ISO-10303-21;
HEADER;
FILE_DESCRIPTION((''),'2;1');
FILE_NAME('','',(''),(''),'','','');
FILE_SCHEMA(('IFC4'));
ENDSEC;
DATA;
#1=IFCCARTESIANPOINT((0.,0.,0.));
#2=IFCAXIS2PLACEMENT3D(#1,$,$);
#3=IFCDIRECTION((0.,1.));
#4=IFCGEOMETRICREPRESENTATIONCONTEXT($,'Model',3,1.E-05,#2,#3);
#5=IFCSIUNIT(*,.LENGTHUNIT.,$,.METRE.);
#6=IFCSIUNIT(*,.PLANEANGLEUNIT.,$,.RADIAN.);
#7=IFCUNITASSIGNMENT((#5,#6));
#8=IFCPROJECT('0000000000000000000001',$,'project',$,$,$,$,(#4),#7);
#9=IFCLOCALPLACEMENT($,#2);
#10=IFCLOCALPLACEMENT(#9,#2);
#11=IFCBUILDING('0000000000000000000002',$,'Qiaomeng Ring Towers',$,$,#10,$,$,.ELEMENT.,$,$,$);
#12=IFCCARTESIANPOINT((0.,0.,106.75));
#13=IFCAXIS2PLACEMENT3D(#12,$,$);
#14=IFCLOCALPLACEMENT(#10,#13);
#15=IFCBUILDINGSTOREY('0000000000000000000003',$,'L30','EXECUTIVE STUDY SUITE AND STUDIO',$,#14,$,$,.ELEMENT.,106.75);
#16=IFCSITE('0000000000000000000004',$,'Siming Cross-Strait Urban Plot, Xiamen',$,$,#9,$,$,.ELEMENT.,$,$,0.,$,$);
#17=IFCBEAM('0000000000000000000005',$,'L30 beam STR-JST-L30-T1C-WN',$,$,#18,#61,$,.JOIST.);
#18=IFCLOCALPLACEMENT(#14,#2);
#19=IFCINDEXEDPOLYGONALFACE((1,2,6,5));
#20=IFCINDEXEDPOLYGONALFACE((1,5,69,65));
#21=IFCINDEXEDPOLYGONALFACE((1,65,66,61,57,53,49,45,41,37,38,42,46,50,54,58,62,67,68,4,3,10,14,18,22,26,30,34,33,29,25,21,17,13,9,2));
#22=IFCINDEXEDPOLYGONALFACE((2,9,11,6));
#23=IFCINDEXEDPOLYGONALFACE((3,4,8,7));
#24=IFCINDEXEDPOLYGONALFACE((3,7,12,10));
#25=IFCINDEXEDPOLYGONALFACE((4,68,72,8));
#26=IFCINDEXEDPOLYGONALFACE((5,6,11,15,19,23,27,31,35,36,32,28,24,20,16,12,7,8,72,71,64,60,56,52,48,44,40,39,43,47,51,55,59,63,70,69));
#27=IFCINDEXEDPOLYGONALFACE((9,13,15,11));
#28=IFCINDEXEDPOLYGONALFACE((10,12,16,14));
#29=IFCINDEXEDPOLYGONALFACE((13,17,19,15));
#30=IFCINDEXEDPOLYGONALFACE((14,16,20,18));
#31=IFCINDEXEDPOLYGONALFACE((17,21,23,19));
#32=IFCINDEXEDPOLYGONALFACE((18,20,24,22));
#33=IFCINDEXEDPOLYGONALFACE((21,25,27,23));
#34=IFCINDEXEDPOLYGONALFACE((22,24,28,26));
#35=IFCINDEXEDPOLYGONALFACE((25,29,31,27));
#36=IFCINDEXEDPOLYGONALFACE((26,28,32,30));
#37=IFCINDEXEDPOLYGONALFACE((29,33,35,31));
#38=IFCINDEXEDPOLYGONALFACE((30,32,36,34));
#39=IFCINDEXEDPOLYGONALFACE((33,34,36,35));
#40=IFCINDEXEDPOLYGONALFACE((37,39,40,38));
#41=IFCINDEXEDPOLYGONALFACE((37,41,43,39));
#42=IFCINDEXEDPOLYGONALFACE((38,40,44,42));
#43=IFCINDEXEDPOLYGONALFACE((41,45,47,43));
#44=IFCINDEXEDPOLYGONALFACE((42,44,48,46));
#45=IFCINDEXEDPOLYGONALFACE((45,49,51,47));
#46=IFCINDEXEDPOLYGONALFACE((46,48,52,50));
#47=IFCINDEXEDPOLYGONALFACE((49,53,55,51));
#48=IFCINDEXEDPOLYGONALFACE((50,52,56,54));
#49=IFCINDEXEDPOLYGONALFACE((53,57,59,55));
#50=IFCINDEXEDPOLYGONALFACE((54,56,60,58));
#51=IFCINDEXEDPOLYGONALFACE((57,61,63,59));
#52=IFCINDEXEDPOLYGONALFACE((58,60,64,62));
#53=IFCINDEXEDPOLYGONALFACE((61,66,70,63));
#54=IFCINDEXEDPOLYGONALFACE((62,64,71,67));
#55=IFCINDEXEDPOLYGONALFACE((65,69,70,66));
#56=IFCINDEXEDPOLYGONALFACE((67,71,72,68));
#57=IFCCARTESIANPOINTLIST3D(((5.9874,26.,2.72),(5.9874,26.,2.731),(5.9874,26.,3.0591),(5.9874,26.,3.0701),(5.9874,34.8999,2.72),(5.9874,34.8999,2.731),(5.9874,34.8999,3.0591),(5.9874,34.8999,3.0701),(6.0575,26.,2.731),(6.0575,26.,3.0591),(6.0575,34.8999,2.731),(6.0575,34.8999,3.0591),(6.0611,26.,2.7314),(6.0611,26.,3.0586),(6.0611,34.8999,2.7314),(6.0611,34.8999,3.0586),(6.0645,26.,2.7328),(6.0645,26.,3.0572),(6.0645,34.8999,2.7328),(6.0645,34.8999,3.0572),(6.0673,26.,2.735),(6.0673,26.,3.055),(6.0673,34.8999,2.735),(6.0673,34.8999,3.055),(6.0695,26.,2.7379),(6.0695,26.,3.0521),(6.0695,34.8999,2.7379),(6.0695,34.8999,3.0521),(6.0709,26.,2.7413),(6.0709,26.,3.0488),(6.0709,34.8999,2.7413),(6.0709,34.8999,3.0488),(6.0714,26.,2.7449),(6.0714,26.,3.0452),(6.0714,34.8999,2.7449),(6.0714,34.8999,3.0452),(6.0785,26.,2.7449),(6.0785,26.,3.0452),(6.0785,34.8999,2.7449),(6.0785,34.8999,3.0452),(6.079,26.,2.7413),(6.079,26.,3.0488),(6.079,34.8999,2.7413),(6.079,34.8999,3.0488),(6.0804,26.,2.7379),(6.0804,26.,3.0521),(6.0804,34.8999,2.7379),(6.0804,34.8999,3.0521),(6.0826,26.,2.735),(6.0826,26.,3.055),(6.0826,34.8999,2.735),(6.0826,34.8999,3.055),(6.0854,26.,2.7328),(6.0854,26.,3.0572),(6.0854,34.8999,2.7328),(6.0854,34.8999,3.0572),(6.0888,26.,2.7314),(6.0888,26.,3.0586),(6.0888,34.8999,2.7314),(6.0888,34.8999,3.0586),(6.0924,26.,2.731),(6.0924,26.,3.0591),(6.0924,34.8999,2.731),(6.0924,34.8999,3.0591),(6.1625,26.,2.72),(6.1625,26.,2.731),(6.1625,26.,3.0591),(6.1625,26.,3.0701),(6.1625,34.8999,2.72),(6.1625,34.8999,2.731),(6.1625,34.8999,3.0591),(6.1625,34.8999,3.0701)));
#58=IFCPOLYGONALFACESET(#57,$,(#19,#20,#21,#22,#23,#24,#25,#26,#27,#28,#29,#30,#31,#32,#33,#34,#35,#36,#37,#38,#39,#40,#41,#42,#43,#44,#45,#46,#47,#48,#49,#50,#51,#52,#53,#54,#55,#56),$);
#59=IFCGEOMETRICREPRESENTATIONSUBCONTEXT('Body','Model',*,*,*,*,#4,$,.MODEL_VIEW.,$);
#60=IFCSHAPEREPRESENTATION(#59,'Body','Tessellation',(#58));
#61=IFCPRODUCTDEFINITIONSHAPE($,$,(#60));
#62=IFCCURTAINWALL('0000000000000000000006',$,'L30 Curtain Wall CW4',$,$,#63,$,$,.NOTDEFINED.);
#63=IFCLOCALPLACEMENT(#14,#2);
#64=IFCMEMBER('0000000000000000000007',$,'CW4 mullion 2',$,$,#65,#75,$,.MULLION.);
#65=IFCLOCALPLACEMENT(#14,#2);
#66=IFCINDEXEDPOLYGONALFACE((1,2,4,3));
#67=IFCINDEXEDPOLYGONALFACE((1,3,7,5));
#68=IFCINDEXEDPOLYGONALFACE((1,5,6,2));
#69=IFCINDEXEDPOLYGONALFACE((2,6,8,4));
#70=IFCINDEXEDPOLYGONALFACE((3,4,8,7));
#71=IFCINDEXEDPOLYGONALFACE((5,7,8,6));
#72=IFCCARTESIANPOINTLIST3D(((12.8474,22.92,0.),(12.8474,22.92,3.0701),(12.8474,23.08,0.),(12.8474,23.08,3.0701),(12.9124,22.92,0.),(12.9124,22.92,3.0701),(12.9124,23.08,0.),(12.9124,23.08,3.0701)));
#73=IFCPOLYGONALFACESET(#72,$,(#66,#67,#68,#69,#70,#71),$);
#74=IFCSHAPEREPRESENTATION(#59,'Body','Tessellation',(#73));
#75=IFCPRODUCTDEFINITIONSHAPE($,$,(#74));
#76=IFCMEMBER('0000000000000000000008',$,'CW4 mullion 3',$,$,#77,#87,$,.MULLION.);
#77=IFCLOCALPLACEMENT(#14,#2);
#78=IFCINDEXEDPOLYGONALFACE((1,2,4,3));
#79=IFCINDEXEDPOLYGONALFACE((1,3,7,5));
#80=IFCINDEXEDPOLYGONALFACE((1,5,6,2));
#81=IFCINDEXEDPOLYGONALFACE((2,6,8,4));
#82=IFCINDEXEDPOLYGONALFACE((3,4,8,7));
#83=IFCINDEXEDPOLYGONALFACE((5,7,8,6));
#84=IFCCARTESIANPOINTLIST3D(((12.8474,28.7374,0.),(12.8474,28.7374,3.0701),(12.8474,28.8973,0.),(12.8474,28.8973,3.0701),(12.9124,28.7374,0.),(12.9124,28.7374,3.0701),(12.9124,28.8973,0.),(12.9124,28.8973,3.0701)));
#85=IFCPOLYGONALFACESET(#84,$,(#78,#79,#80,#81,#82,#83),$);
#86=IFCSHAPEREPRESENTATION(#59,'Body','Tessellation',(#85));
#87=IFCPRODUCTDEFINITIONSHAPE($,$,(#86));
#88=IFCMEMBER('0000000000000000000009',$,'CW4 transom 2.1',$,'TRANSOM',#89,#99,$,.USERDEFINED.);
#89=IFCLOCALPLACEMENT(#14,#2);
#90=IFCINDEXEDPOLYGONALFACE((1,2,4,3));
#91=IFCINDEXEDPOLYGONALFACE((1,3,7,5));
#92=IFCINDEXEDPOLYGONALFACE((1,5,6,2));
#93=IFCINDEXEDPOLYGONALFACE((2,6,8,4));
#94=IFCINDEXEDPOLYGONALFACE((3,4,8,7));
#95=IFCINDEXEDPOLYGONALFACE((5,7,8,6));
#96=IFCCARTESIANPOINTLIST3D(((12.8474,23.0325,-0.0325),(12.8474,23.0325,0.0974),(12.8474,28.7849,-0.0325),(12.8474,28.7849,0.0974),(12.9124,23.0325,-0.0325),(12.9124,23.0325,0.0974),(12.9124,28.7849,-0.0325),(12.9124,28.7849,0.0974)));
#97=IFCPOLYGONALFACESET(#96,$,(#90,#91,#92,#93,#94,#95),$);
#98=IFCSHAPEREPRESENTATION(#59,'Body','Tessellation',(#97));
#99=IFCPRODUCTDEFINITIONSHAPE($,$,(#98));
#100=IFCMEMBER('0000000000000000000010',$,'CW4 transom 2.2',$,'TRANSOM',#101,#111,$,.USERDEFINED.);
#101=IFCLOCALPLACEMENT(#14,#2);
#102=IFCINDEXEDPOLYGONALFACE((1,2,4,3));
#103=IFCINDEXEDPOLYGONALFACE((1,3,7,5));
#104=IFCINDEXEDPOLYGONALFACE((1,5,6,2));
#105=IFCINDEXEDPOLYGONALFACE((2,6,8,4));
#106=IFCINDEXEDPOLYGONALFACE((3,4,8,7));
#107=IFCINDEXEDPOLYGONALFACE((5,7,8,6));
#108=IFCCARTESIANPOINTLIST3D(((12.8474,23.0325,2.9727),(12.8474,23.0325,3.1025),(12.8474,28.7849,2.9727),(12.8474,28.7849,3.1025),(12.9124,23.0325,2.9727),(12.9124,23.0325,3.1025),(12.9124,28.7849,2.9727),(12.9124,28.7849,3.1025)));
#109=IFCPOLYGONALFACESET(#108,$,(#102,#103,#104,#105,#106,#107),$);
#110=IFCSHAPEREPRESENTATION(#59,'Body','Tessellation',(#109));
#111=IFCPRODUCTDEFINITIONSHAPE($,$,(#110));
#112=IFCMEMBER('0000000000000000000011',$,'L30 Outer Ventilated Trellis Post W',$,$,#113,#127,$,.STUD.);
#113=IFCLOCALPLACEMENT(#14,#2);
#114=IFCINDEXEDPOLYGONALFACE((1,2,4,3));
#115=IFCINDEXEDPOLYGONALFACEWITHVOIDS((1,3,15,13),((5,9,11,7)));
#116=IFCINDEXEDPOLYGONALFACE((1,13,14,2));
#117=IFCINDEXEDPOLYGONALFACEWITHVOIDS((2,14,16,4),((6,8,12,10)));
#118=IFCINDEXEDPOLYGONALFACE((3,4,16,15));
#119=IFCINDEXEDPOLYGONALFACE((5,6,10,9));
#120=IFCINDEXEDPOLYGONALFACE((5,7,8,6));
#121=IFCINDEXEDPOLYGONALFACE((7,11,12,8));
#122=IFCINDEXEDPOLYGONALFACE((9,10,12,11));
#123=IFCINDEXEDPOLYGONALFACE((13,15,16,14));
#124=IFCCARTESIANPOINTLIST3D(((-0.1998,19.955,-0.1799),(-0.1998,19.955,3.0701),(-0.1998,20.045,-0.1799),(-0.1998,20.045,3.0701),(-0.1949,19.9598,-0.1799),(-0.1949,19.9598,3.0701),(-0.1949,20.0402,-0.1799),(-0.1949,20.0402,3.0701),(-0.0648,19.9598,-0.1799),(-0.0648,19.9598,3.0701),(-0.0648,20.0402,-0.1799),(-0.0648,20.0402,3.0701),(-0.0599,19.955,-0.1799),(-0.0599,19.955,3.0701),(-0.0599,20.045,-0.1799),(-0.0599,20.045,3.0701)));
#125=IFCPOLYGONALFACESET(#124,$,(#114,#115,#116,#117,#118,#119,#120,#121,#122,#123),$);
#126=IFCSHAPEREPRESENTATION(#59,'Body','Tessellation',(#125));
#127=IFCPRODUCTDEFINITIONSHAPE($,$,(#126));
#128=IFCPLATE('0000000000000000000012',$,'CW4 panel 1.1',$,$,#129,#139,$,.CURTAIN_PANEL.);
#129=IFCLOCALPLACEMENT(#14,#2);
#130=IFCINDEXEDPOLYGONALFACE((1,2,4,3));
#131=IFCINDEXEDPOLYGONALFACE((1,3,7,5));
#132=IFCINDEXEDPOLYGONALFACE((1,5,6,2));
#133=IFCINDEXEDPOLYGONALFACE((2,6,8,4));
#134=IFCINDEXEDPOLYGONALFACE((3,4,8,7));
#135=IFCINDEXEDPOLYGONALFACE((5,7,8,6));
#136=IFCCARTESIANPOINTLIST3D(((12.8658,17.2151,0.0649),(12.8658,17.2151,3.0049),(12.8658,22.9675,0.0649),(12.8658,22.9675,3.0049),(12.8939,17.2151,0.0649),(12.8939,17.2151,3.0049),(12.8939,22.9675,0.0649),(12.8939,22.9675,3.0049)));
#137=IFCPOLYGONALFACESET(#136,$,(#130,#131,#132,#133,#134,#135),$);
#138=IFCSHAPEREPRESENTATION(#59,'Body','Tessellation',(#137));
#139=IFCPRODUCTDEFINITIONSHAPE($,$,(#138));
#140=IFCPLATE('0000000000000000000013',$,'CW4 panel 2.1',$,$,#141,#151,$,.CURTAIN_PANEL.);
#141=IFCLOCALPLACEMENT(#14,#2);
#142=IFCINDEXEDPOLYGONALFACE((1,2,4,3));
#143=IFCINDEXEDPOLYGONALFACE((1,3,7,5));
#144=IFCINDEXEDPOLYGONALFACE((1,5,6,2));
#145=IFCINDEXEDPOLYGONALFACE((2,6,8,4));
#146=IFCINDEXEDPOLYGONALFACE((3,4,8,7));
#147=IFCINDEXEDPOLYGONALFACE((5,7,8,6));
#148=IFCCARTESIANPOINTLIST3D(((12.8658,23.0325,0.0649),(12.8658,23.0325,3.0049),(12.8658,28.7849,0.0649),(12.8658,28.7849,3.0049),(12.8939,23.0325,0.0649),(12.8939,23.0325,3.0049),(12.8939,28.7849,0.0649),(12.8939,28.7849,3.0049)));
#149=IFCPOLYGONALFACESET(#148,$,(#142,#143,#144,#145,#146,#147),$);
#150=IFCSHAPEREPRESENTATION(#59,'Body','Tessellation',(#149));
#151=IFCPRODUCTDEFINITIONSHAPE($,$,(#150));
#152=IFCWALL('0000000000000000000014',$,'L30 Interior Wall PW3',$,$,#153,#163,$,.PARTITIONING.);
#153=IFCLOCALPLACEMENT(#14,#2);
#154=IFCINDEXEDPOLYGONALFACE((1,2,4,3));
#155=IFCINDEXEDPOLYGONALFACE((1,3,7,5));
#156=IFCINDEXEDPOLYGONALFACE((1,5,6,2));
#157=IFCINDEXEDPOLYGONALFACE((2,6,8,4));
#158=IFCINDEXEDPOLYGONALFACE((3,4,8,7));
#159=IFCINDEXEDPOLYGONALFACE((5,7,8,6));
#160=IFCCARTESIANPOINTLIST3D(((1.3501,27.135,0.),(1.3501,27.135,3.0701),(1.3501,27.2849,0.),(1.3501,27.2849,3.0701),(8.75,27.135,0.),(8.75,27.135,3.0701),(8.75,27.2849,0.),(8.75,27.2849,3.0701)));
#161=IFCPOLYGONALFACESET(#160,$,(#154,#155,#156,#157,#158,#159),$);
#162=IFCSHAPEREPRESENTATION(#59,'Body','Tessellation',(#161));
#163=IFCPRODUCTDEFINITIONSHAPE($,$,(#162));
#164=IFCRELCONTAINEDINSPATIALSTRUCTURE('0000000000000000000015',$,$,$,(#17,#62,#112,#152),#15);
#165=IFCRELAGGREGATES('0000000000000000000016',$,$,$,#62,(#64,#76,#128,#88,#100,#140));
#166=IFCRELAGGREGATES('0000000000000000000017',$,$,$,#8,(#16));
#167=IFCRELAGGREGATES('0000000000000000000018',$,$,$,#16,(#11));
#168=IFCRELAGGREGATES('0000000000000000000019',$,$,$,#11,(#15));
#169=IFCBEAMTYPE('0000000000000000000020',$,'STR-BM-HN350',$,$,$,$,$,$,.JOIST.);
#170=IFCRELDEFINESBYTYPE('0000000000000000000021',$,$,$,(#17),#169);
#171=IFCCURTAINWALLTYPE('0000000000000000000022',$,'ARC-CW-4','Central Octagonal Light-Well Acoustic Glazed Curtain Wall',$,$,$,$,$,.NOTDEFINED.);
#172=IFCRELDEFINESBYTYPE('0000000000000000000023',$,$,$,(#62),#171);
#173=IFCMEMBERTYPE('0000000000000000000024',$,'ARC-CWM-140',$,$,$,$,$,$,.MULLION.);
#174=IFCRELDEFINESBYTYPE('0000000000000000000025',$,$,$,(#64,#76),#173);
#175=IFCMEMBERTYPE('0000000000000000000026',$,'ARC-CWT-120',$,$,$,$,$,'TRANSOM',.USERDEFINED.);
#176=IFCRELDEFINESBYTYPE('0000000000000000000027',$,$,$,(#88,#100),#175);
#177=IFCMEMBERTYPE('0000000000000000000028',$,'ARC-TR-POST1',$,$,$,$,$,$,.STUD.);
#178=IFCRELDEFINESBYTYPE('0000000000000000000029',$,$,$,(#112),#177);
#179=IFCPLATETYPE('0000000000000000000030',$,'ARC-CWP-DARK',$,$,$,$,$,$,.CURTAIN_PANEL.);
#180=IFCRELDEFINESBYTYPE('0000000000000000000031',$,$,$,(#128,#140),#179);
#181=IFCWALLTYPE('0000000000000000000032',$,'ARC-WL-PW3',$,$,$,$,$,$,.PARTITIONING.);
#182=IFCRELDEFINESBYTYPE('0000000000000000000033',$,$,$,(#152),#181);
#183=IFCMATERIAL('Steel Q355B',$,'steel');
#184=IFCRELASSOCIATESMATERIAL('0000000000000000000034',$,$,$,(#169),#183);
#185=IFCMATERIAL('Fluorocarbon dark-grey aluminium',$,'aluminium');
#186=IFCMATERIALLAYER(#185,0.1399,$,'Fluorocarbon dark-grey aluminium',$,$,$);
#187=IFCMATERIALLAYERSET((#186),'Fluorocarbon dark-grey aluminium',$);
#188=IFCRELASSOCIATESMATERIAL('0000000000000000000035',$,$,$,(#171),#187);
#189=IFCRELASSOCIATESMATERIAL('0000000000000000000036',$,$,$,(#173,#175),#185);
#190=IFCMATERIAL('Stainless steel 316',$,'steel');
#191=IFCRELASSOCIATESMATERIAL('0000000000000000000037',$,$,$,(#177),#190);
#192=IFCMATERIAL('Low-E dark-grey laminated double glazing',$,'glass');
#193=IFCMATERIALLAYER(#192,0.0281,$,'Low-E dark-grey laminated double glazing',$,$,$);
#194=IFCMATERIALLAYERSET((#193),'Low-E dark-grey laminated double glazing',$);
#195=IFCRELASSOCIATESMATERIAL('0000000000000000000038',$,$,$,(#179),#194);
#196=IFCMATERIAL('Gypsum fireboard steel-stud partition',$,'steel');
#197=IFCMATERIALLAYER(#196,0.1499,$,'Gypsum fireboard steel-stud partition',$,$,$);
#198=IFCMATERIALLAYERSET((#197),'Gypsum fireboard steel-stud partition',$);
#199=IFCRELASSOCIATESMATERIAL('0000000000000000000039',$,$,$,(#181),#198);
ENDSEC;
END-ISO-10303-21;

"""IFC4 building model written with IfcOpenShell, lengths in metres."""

from ifc_helpers import new_model, si_unit, direction, frame, frame_2d, origin, origin_2d, place, context, subcontext, project, spatial, rectangle, hollow_rectangle, i_section, extrude, source, transform, mapped, material, layer, layer_set, material_profile, profile_set, type_object, element, aggregate, save


model = new_model("IFC4")

# Units and contexts
model_context = context("Model", 3, precision=1e-05, world=origin(), true_north=direction((0.0, 1.0)))
body_context = subcontext(model_context, "Body", "Model", "MODEL_VIEW")
ifc_project = project(units=[si_unit("LENGTHUNIT", "METRE"), si_unit("PLANEANGLEUNIT", "RADIAN")], contexts=[model_context])

# Site, building, storey
site_placement = place(None, origin())
site = spatial("IfcSite", under=ifc_project, at=site_placement, Name="Siming Cross-Strait Urban Plot, Xiamen", CompositionType="ELEMENT", RefElevation=0.0)
building_placement = place(site_placement, origin())
building = spatial("IfcBuilding", under=site, at=building_placement, Name="Qiaomeng Ring Towers", CompositionType="ELEMENT")
storey_placement = place(building_placement, frame((0.0, 0.0, 106.75)))
storey = spatial("IfcBuildingStorey", under=building, at=storey_placement, Name="L30", Description="EXECUTIVE STUDY SUITE AND STUDIO", CompositionType="ELEMENT", Elevation=106.75)

# Beam
ifc_material_1 = material(Name="Steel Q355B", Category="steel")
ifc_material_profile_1 = material_profile(ifc_material_1, i_section(OverallWidth=0.175, OverallDepth=0.3501, WebThickness=0.0071, FlangeThickness=0.011, FilletRadius=0.0139, at=origin_2d()), Name="HN 350x175x7x11")
ifc_profile_set_1 = profile_set([ifc_material_profile_1], Name="Steel Q355B")
beam_type_1 = type_object("IfcBeamType", Name="STR-BM-HN350", PredefinedType="JOIST", material=ifc_profile_set_1)
shared_shape_1 = source(origin(), body_context, "Body", "SweptSolid", [
    extrude(i_section(OverallWidth=0.175, OverallDepth=0.3501, WebThickness=0.0071, FlangeThickness=0.011, FilletRadius=0.0139, at=origin_2d()), origin(), (0.0, 0.0, 1.0), 8.8999),
])
beam_1_placement = place(storey_placement, frame((6.075, 26.0, 2.895), z_axis=(0.0, 1.0, 0.0), x_axis=(-1.0, 0.0, 0.0)))
element("IfcBeam", 1, at=beam_1_placement, inside=storey, type_object=beam_type_1, Name="L30 beam STR-JST-L30-T1C-WN", PredefinedType="JOIST", context=body_context, shape_type="MappedRepresentation", body=[
    mapped(shared_shape_1, transform((0.0, 0.0, 0.0), x_axis=(1.0, 0.0, 0.0), y_axis=(0.0, 1.0, 0.0), z_axis=(0.0, 0.0, 1.0), scale=1.0)),
])

# Curtain wall, members
ifc_material_2 = material(Name="Fluorocarbon dark-grey aluminium", Category="aluminium")
ifc_layer_1 = layer(ifc_material_2, 0.1399, Name="Fluorocarbon dark-grey aluminium")
ifc_layer_set_1 = layer_set([ifc_layer_1], Name="Fluorocarbon dark-grey aluminium")
curtain_wall_type = type_object("IfcCurtainWallType", Name="ARC-CW-4", Description="Central Octagonal Light-Well Acoustic Glazed Curtain Wall", PredefinedType="NOTDEFINED", material=ifc_layer_set_1)
curtain_wall_placement = place(storey_placement, origin())
curtain_wall = element("IfcCurtainWall", 2, at=curtain_wall_placement, inside=storey, type_object=curtain_wall_type, Name="L30 Curtain Wall CW4", PredefinedType="NOTDEFINED")
ifc_material_profile_2 = material_profile(ifc_material_2, rectangle(XDim=0.0649, YDim=0.1599, at=origin_2d()), Name="ALU MULL 65x160")
ifc_profile_set_2 = profile_set([ifc_material_profile_2], Name="Fluorocarbon dark-grey aluminium")
member_type_1 = type_object("IfcMemberType", Name="ARC-CWM-140", PredefinedType="MULLION", material=ifc_profile_set_2)
shared_shape_2 = source(origin(), body_context, "Body", "SweptSolid", [
    extrude(rectangle(XDim=0.0649, YDim=0.1599, at=origin_2d()), origin(), (0.0, 0.0, 1.0), 3.0701),
])
member_1_placement = place(storey_placement, frame((12.8799, 23.0, 0.0), z_axis=(0.0, 0.0, 1.0), x_axis=(-1.0, 0.0, 0.0)))
member_1 = element("IfcMember", 3, at=member_1_placement, type_object=member_type_1, Name="CW4 mullion 2", PredefinedType="MULLION", context=body_context, shape_type="MappedRepresentation", body=[
    mapped(shared_shape_2, transform((0.0, 0.0, 0.0), x_axis=(1.0, 0.0, 0.0), y_axis=(0.0, 1.0, 0.0), z_axis=(0.0, 0.0, 1.0), scale=1.0)),
])
member_2_placement = place(storey_placement, frame((12.8799, 28.8174, 0.0), z_axis=(0.0, 0.0, 1.0), x_axis=(-1.0, 0.0, 0.0)))
member_2 = element("IfcMember", 4, at=member_2_placement, type_object=member_type_1, Name="CW4 mullion 3", PredefinedType="MULLION", context=body_context, shape_type="MappedRepresentation", body=[
    mapped(shared_shape_2, transform((0.0, 0.0, 0.0), x_axis=(1.0, 0.0, 0.0), y_axis=(0.0, 1.0, 0.0), z_axis=(0.0, 0.0, 1.0), scale=1.0)),
])
ifc_material_profile_3 = material_profile(ifc_material_2, rectangle(XDim=0.0649, YDim=0.1299, at=origin_2d()), Name="ALU TRAN 65x130")
ifc_profile_set_3 = profile_set([ifc_material_profile_3], Name="Fluorocarbon dark-grey aluminium")
member_type_2 = type_object("IfcMemberType", Name="ARC-CWT-120", ElementType="TRANSOM", PredefinedType="USERDEFINED", material=ifc_profile_set_3)
shared_shape_3 = source(origin(), body_context, "Body", "SweptSolid", [
    extrude(rectangle(XDim=0.0649, YDim=0.1299, at=origin_2d()), origin(), (0.0, 0.0, 1.0), 5.7524),
])
member_3_placement = place(storey_placement, frame((12.8799, 23.0325, 0.0325), z_axis=(0.0, 1.0, 0.0), x_axis=(-1.0, 0.0, 0.0)))
member_3 = element("IfcMember", 5, at=member_3_placement, type_object=member_type_2, Name="CW4 transom 2.1", ObjectType="TRANSOM", PredefinedType="USERDEFINED", context=body_context, shape_type="MappedRepresentation", body=[
    mapped(shared_shape_3, transform((0.0, 0.0, 0.0), x_axis=(1.0, 0.0, 0.0), y_axis=(0.0, 1.0, 0.0), z_axis=(0.0, 0.0, 1.0), scale=1.0)),
])
member_4_placement = place(storey_placement, frame((12.8799, 23.0325, 3.0376), z_axis=(0.0, 1.0, 0.0), x_axis=(-1.0, 0.0, 0.0)))
member_4 = element("IfcMember", 6, at=member_4_placement, type_object=member_type_2, Name="CW4 transom 2.2", ObjectType="TRANSOM", PredefinedType="USERDEFINED", context=body_context, shape_type="MappedRepresentation", body=[
    mapped(shared_shape_3, transform((0.0, 0.0, 0.0), x_axis=(1.0, 0.0, 0.0), y_axis=(0.0, 1.0, 0.0), z_axis=(0.0, 0.0, 1.0), scale=1.0)),
])

# Member
ifc_material_3 = material(Name="Stainless steel 316", Category="steel")
ifc_material_profile_4 = material_profile(ifc_material_3, hollow_rectangle(XDim=0.0901, YDim=0.1399, WallThickness=0.0049, at=origin_2d()), Name="SS TRELLIS 90x140")
ifc_profile_set_4 = profile_set([ifc_material_profile_4], Name="Stainless steel 316")
member_type_3 = type_object("IfcMemberType", Name="ARC-TR-POST1", PredefinedType="STUD", material=ifc_profile_set_4)
shared_shape_4 = source(origin(), body_context, "Body", "SweptSolid", [
    extrude(hollow_rectangle(XDim=0.0901, YDim=0.1399, WallThickness=0.0049, at=origin_2d()), origin(), (0.0, 0.0, 1.0), 3.25),
])
member_5_placement = place(storey_placement, frame((-0.1299, 20.0, -0.1799), z_axis=(0.0, 0.0, 1.0), x_axis=(0.0, 1.0, 0.0)))
element("IfcMember", 7, at=member_5_placement, inside=storey, type_object=member_type_3, Name="L30 Outer Ventilated Trellis Post W", PredefinedType="STUD", context=body_context, shape_type="MappedRepresentation", body=[
    mapped(shared_shape_4, transform((0.0, 0.0, 0.0), x_axis=(1.0, 0.0, 0.0), y_axis=(0.0, 1.0, 0.0), z_axis=(0.0, 0.0, 1.0), scale=1.0)),
])

# Plates
ifc_material_4 = material(Name="Low-E dark-grey laminated double glazing", Category="glass")
ifc_layer_2 = layer(ifc_material_4, 0.0281, Name="Low-E dark-grey laminated double glazing")
ifc_layer_set_2 = layer_set([ifc_layer_2], Name="Low-E dark-grey laminated double glazing")
plate_type = type_object("IfcPlateType", Name="ARC-CWP-DARK", PredefinedType="CURTAIN_PANEL", material=ifc_layer_set_2)
shared_shape_5 = source(origin(), body_context, "Body", "SweptSolid", [
    extrude(rectangle(XDim=5.7524, YDim=0.0281, at=origin_2d()), origin(), (0.0, 0.0, 1.0), 2.9399),
])
plate_1_placement = place(storey_placement, frame((12.8799, 20.0913, 0.0649), z_axis=(0.0, 0.0, 1.0), x_axis=(0.0, 1.0, 0.0)))
plate_1 = element("IfcPlate", 8, at=plate_1_placement, type_object=plate_type, Name="CW4 panel 1.1", PredefinedType="CURTAIN_PANEL", context=body_context, shape_type="MappedRepresentation", body=[
    mapped(shared_shape_5, transform((0.0, 0.0, 0.0), x_axis=(1.0, 0.0, 0.0), y_axis=(0.0, 1.0, 0.0), z_axis=(0.0, 0.0, 1.0), scale=1.0)),
])
plate_2_placement = place(storey_placement, frame((12.8799, 25.9087, 0.0649), z_axis=(0.0, 0.0, 1.0), x_axis=(0.0, 1.0, 0.0)))
plate_2 = element("IfcPlate", 9, at=plate_2_placement, type_object=plate_type, Name="CW4 panel 2.1", PredefinedType="CURTAIN_PANEL", context=body_context, shape_type="MappedRepresentation", body=[
    mapped(shared_shape_5, transform((0.0, 0.0, 0.0), x_axis=(1.0, 0.0, 0.0), y_axis=(0.0, 1.0, 0.0), z_axis=(0.0, 0.0, 1.0), scale=1.0)),
])
aggregate(curtain_wall, [member_1, member_2, plate_1, member_3, member_4, plate_2])

# Wall
ifc_material_5 = material(Name="Gypsum fireboard steel-stud partition", Category="steel")
ifc_layer_3 = layer(ifc_material_5, 0.1499, Name="Gypsum fireboard steel-stud partition")
ifc_layer_set_3 = layer_set([ifc_layer_3], Name="Gypsum fireboard steel-stud partition")
wall_type_1 = type_object("IfcWallType", Name="ARC-WL-PW3", PredefinedType="PARTITIONING", material=ifc_layer_set_3)
wall_1_placement = place(storey_placement, frame((1.3501, 27.21, 0.0), z_axis=(0.0, 0.0, 1.0), x_axis=(1.0, 0.0, 0.0)))
element("IfcWall", 10, at=wall_1_placement, inside=storey, type_object=wall_type_1, Name="L30 Interior Wall PW3", PredefinedType="PARTITIONING", context=body_context, shape_type="SweptSolid", body=[
    extrude(rectangle(XDim=7.3999, YDim=0.1499, at=frame_2d((3.7, 0.0))), origin(), (0.0, 0.0, 1.0), 3.0701),
])

save(model, "model.ifc")
